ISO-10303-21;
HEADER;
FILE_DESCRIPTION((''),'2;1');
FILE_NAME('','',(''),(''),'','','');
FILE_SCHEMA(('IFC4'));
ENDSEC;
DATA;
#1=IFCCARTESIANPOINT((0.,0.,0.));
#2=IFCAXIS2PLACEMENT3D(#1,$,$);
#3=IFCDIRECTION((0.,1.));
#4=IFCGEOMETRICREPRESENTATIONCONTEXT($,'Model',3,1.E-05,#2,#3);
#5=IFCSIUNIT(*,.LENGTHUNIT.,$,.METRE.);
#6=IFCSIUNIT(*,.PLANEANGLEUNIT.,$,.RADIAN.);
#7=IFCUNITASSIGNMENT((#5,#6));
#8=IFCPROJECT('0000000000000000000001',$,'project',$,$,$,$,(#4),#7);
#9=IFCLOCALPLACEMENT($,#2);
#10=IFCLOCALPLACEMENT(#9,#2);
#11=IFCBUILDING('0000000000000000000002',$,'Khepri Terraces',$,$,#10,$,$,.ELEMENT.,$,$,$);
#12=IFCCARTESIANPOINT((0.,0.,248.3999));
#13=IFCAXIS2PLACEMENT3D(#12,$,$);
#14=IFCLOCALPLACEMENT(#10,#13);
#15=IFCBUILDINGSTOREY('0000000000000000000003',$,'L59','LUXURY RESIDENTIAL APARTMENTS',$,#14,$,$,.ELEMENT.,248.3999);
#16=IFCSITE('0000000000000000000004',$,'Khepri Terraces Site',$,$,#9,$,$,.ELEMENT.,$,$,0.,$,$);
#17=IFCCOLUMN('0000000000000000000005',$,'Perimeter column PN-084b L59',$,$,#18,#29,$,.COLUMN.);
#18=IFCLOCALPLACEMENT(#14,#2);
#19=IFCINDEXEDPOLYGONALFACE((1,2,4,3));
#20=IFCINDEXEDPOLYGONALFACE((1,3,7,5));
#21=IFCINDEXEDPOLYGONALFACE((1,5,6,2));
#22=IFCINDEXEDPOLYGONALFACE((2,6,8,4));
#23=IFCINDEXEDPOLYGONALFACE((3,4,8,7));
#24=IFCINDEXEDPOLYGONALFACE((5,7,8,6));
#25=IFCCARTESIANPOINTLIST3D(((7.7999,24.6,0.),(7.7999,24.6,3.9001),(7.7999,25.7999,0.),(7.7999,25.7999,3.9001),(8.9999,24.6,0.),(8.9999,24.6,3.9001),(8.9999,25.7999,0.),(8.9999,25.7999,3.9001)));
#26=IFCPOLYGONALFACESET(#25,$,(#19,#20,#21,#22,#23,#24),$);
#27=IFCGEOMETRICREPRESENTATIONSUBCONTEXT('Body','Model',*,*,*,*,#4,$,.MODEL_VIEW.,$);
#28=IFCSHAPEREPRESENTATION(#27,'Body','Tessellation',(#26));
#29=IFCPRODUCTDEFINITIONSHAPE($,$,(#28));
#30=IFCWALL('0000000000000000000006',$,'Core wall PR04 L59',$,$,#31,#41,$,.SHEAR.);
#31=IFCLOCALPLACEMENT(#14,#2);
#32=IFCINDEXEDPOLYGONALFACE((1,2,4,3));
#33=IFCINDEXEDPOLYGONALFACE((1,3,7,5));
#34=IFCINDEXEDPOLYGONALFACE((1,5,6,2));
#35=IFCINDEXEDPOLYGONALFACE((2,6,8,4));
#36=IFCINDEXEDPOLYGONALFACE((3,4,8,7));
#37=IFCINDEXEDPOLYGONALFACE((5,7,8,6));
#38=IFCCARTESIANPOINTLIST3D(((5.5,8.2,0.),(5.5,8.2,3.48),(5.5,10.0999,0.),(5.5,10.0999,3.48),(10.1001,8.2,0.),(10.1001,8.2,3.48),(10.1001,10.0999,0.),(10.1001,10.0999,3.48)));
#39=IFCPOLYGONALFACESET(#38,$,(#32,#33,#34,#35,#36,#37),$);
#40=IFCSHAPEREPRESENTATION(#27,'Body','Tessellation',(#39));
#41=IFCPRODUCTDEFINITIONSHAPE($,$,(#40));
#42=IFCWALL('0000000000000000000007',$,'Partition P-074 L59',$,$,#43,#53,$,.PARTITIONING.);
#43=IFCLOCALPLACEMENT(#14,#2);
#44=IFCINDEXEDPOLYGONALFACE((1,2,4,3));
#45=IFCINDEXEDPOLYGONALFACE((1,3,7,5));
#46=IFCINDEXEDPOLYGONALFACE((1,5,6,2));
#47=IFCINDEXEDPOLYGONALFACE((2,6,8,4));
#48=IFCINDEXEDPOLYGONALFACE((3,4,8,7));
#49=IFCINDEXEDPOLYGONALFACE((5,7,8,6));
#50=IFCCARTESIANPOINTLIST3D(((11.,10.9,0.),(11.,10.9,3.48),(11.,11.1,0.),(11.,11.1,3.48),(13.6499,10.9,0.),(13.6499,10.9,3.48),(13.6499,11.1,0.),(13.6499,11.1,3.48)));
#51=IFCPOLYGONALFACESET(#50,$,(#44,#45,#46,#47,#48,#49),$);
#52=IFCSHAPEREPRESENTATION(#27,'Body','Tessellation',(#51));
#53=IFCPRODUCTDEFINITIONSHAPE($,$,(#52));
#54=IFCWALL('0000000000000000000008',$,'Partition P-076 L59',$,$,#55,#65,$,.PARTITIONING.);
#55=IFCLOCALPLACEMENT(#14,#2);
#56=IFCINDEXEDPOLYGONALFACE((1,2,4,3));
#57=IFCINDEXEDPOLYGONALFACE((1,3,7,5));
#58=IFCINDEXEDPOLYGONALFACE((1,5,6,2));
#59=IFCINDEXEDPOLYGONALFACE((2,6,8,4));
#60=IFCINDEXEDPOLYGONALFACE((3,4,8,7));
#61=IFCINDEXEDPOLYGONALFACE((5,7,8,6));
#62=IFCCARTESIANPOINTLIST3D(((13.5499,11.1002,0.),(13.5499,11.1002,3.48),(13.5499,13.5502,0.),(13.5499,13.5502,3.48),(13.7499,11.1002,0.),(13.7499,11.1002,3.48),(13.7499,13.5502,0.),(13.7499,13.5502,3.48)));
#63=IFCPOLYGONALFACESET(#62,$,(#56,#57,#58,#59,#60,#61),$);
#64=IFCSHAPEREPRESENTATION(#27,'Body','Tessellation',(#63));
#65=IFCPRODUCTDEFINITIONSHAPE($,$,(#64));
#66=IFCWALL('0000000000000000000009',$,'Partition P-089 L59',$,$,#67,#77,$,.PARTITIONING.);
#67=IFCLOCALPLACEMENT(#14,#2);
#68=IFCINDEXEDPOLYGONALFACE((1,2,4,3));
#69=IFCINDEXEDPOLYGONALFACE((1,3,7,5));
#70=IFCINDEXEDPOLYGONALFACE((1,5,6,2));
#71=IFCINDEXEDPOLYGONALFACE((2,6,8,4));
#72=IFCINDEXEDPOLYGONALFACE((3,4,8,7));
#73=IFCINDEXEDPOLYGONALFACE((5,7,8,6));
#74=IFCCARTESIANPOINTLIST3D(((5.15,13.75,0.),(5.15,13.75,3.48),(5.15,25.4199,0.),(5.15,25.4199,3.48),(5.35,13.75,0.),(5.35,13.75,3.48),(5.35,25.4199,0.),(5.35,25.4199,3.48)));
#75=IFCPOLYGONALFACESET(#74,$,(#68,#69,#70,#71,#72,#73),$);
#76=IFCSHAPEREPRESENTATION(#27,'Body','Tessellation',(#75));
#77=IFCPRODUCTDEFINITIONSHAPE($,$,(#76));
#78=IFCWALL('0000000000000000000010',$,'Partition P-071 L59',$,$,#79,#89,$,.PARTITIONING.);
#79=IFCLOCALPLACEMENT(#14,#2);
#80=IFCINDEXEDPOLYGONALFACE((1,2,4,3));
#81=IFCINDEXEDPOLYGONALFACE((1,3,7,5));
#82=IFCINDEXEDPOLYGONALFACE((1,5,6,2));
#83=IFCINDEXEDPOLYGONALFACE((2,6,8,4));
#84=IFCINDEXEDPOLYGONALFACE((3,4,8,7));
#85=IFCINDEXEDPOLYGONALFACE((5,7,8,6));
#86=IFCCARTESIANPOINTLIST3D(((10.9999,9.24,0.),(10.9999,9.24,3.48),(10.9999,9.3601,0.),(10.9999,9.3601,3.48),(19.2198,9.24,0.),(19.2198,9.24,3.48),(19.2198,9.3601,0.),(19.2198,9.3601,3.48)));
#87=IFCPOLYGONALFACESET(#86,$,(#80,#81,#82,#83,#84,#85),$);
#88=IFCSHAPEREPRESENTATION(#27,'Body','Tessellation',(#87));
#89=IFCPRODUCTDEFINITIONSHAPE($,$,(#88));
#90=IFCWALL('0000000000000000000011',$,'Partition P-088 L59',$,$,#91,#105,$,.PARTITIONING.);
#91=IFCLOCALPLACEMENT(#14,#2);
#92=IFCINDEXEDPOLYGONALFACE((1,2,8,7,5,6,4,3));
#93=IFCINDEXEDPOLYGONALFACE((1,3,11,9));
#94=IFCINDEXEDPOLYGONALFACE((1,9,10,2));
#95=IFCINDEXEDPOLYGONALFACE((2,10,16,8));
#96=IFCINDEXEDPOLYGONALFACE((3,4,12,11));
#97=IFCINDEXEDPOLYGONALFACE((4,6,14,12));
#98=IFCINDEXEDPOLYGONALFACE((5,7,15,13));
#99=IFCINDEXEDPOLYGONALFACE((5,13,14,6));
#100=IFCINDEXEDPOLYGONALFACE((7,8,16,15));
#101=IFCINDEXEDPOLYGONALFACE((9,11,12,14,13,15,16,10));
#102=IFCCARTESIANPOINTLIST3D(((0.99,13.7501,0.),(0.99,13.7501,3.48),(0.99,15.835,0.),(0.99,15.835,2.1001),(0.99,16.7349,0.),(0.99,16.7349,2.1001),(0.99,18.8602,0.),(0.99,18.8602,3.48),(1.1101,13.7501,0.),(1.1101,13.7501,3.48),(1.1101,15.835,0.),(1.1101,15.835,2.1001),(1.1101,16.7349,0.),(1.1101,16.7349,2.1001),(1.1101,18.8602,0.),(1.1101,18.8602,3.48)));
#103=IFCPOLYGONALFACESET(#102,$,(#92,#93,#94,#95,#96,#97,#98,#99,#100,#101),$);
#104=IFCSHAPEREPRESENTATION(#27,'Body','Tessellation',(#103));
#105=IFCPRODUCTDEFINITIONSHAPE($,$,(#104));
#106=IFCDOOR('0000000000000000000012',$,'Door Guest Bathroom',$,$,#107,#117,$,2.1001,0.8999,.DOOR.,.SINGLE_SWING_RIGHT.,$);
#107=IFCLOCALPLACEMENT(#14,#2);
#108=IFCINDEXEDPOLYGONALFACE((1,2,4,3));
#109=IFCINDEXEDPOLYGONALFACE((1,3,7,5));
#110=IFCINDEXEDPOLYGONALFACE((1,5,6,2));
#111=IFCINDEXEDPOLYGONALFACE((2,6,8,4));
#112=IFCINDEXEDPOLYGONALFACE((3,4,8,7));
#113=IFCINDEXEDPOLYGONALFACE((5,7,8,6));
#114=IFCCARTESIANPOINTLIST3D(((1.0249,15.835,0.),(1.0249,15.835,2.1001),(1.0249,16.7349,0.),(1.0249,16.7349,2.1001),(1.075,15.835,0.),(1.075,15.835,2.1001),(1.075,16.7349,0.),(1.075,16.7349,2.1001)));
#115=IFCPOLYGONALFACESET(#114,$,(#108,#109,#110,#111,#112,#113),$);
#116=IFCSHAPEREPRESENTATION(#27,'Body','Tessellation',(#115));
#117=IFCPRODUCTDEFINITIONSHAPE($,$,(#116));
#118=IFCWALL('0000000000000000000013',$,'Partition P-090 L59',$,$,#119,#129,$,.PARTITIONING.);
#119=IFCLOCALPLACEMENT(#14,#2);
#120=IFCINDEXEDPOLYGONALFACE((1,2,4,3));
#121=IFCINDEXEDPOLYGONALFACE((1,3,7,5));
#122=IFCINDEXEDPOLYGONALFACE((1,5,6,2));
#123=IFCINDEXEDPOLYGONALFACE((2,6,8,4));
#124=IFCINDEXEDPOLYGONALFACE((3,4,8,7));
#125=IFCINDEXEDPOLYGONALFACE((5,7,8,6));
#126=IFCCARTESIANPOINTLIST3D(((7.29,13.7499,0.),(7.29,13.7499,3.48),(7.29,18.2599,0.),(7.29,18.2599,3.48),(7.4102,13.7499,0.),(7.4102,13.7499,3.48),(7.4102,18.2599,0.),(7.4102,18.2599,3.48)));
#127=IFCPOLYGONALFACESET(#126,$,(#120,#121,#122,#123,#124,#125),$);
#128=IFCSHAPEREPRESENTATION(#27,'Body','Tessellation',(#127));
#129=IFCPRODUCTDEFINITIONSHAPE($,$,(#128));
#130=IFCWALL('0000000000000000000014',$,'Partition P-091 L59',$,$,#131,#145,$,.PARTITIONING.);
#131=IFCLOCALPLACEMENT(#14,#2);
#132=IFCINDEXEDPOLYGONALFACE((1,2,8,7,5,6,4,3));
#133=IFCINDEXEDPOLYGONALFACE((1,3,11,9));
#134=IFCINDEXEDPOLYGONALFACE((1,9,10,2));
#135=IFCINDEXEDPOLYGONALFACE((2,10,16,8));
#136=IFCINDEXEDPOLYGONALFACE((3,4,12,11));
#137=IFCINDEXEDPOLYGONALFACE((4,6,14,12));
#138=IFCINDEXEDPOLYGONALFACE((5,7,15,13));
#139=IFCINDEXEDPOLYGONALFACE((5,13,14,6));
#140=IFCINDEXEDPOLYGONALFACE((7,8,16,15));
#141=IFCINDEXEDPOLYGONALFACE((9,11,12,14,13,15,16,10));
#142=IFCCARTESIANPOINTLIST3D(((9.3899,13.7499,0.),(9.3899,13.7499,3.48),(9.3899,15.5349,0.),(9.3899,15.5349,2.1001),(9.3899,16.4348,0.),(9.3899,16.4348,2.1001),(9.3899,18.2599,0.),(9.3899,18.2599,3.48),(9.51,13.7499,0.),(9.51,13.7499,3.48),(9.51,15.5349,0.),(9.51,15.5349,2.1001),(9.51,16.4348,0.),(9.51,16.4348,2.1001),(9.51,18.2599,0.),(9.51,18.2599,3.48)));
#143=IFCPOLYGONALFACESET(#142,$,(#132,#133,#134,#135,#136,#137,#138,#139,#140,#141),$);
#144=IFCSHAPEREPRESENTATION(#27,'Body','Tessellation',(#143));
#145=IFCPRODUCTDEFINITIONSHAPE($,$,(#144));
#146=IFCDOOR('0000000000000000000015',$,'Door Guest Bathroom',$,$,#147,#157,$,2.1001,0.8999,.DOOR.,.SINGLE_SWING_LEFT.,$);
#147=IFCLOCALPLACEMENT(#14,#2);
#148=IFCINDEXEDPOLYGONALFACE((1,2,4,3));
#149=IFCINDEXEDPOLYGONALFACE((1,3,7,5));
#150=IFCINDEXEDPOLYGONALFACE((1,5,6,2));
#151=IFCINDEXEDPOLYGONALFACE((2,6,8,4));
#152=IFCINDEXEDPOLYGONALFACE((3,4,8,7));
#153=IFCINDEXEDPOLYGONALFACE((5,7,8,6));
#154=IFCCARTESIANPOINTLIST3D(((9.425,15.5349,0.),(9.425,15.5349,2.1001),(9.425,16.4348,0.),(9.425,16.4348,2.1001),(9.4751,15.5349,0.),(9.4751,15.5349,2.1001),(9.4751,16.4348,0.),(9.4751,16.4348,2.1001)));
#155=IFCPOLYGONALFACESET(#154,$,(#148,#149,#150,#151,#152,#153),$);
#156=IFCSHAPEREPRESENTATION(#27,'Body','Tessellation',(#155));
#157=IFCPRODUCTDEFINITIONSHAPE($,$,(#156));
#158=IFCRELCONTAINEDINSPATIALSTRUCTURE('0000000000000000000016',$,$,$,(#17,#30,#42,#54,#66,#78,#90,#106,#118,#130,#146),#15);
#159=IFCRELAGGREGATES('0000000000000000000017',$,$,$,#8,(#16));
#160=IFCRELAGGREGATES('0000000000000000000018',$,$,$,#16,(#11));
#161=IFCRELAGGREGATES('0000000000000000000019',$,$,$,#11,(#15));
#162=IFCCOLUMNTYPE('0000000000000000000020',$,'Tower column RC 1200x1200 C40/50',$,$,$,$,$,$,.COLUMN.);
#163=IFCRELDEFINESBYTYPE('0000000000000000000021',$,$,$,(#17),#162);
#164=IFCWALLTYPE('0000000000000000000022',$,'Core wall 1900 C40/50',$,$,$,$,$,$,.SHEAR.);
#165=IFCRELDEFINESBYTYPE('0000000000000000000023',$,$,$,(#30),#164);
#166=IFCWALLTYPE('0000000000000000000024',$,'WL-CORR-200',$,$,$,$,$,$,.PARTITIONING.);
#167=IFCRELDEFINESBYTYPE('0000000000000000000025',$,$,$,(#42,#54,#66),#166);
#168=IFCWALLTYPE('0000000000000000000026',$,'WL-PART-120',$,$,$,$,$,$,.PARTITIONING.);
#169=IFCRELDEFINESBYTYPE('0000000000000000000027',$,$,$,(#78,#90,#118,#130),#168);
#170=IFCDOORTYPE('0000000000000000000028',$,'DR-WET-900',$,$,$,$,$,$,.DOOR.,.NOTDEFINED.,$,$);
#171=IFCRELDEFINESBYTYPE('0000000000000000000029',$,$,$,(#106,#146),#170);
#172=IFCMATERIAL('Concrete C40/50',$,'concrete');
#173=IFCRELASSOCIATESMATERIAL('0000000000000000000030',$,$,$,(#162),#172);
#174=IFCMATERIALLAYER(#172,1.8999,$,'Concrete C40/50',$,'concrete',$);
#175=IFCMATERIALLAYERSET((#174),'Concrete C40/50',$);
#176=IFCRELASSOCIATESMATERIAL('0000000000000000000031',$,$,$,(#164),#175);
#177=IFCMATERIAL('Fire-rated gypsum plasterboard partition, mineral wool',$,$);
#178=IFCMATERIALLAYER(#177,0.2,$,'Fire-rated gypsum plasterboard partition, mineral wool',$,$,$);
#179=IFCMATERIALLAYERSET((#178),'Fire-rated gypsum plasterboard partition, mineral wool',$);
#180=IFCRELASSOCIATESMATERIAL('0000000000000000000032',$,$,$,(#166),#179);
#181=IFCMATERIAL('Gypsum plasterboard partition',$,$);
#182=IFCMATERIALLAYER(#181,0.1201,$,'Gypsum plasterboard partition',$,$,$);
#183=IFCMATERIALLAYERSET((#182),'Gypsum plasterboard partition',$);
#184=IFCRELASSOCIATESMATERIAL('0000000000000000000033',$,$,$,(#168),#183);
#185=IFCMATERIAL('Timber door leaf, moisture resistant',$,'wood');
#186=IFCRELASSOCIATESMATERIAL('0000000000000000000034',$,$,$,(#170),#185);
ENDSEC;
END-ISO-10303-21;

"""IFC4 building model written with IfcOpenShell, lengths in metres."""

from ifc_helpers import new_model, si_unit, direction, frame, frame_2d, origin, origin_2d, place, context, subcontext, project, spatial, rectangle, extrude, material, layer, layer_set, material_profile, profile_set, type_object, element, fill, save


model = new_model("IFC4")

# Units and contexts
model_context = context("Model", 3, precision=1e-05, world=origin(), true_north=direction((0.0, 1.0)))
body_context = subcontext(model_context, "Body", "Model", "MODEL_VIEW")
ifc_project = project(units=[si_unit("LENGTHUNIT", "METRE"), si_unit("PLANEANGLEUNIT", "RADIAN")], contexts=[model_context])

# Site, building, storey
site_placement = place(None, origin())
site = spatial("IfcSite", under=ifc_project, at=site_placement, Name="Khepri Terraces Site", CompositionType="ELEMENT", RefElevation=0.0)
building_placement = place(site_placement, origin())
building = spatial("IfcBuilding", under=site, at=building_placement, Name="Khepri Terraces", CompositionType="ELEMENT")
storey_placement = place(building_placement, frame((0.0, 0.0, 248.3999)))
storey = spatial("IfcBuildingStorey", under=building, at=storey_placement, Name="L59", Description="LUXURY RESIDENTIAL APARTMENTS", CompositionType="ELEMENT", Elevation=248.3999)

# Column
ifc_material_1 = material(Name="Concrete C40/50", Category="concrete")
ifc_material_profile = material_profile(ifc_material_1, rectangle(XDim=1.2, YDim=1.2, at=origin_2d()), Name="Concrete C40/50", Category="concrete")
ifc_profile_set = profile_set([ifc_material_profile], Name="Concrete C40/50")
column_type = type_object("IfcColumnType", Name="Tower column RC 1200x1200 C40/50", PredefinedType="COLUMN", material=ifc_profile_set)
column_placement = place(storey_placement, frame((8.3999, 25.2, 0.0), z_axis=(0.0, 0.0, 1.0), x_axis=(1.0, 0.0, 0.0)))
element("IfcColumn", 1, at=column_placement, inside=storey, type_object=column_type, Name="Perimeter column PN-084b L59", PredefinedType="COLUMN", context=body_context, shape_type="SweptSolid", body=[
    extrude(rectangle(XDim=1.2, YDim=1.2, at=origin_2d()), origin(), (0.0, 0.0, 1.0), 3.9001),
])

# Walls
ifc_layer_1 = layer(ifc_material_1, 1.8999, Name="Concrete C40/50", Category="concrete")
ifc_layer_set_1 = layer_set([ifc_layer_1], Name="Concrete C40/50")
wall_type_1 = type_object("IfcWallType", Name="Core wall 1900 C40/50", PredefinedType="SHEAR", material=ifc_layer_set_1)
wall_1_placement = place(storey_placement, frame((5.5, 9.1499, 0.0), z_axis=(0.0, 0.0, 1.0), x_axis=(1.0, 0.0, 0.0)))
element("IfcWall", 2, at=wall_1_placement, inside=storey, type_object=wall_type_1, Name="Core wall PR04 L59", PredefinedType="SHEAR", context=body_context, shape_type="SweptSolid", body=[
    extrude(rectangle(XDim=4.6001, YDim=1.8999, at=frame_2d((2.3, 0.0))), origin(), (0.0, 0.0, 1.0), 3.48),
])
ifc_material_2 = material(Name="Fire-rated gypsum plasterboard partition, mineral wool")
ifc_layer_2 = layer(ifc_material_2, 0.2, Name="Fire-rated gypsum plasterboard partition, mineral wool")
ifc_layer_set_2 = layer_set([ifc_layer_2], Name="Fire-rated gypsum plasterboard partition, mineral wool")
wall_type_2 = type_object("IfcWallType", Name="WL-CORR-200", PredefinedType="PARTITIONING", material=ifc_layer_set_2)
wall_2_placement = place(storey_placement, frame((11.0, 11.0, 0.0), z_axis=(0.0, 0.0, 1.0), x_axis=(1.0, 0.0, 0.0)))
element("IfcWall", 3, at=wall_2_placement, inside=storey, type_object=wall_type_2, Name="Partition P-074 L59", PredefinedType="PARTITIONING", context=body_context, shape_type="SweptSolid", body=[
    extrude(rectangle(XDim=2.6499, YDim=0.2, at=frame_2d((1.325, 0.0))), origin(), (0.0, 0.0, 1.0), 3.48),
])
wall_3_placement = place(storey_placement, frame((13.6499, 11.1001, 0.0), z_axis=(0.0, 0.0, 1.0), x_axis=(0.0, 1.0, 0.0)))
element("IfcWall", 4, at=wall_3_placement, inside=storey, type_object=wall_type_2, Name="Partition P-076 L59", PredefinedType="PARTITIONING", context=body_context, shape_type="SweptSolid", body=[
    extrude(rectangle(XDim=2.45, YDim=0.2, at=frame_2d((1.2251, 0.0))), origin(), (0.0, 0.0, 1.0), 3.48),
])
wall_4_placement = place(storey_placement, frame((5.25, 13.75, 0.0), z_axis=(0.0, 0.0, 1.0), x_axis=(0.0, 1.0, 0.0)))
element("IfcWall", 5, at=wall_4_placement, inside=storey, type_object=wall_type_2, Name="Partition P-089 L59", PredefinedType="PARTITIONING", context=body_context, shape_type="SweptSolid", body=[
    extrude(rectangle(XDim=11.6699, YDim=0.2, at=frame_2d((5.835, 0.0))), origin(), (0.0, 0.0, 1.0), 3.48),
])

# Wall
ifc_material_3 = material(Name="Gypsum plasterboard partition")
ifc_layer_3 = layer(ifc_material_3, 0.1201, Name="Gypsum plasterboard partition")
ifc_layer_set_3 = layer_set([ifc_layer_3], Name="Gypsum plasterboard partition")
wall_type_3 = type_object("IfcWallType", Name="WL-PART-120", PredefinedType="PARTITIONING", material=ifc_layer_set_3)
wall_5_placement = place(storey_placement, frame((11.0, 9.3, 0.0), z_axis=(0.0, 0.0, 1.0), x_axis=(1.0, 0.0, 0.0)))
element("IfcWall", 6, at=wall_5_placement, inside=storey, type_object=wall_type_3, Name="Partition P-071 L59", PredefinedType="PARTITIONING", context=body_context, shape_type="SweptSolid", body=[
    extrude(rectangle(XDim=8.22, YDim=0.1201, at=frame_2d((4.1099, 0.0))), origin(), (0.0, 0.0, 1.0), 3.48),
])

# Wall, opening, door
wall_6_placement = place(storey_placement, frame((1.05, 13.75, 0.0), z_axis=(0.0, 0.0, 1.0), x_axis=(0.0, 1.0, 0.0)))
wall_6 = element("IfcWall", 7, at=wall_6_placement, inside=storey, type_object=wall_type_3, Name="Partition P-088 L59", PredefinedType="PARTITIONING", context=body_context, shape_type="SweptSolid", body=[
    extrude(rectangle(XDim=5.1101, YDim=0.1201, at=frame_2d((2.5552, 0.0))), origin(), (0.0, 0.0, 1.0), 3.48),
])
opening_1_placement = place(wall_6_placement, frame((2.085, 0.0, 0.0)))
opening_1 = element("IfcOpeningElement", 8, at=opening_1_placement, cuts=wall_6, PredefinedType="OPENING", context=body_context, shape_type="SweptSolid", body=[
    extrude(rectangle(XDim=0.8999, YDim=2.1001, at=frame_2d((0.45, 1.05))), frame((0.0, 0.0701, 0.0), z_axis=(0.0, -1.0, 0.0), x_axis=(1.0, 0.0, 0.0)), (0.0, 0.0, 1.0), 0.1401),
])
ifc_material_4 = material(Name="Timber door leaf, moisture resistant", Category="wood")
door_type_1 = type_object("IfcDoorType", Name="DR-WET-900", OperationType="NOTDEFINED", PredefinedType="DOOR", material=ifc_material_4)
door_1_placement = place(opening_1_placement, frame((0.8999, 0.0, 0.0), z_axis=(0.0, 0.0, 1.0), x_axis=(-1.0, 0.0, 0.0)))
door_1 = element("IfcDoor", 9, at=door_1_placement, inside=storey, type_object=door_type_1, Name="Door Guest Bathroom", OperationType="SINGLE_SWING_RIGHT", OverallHeight=2.1001, OverallWidth=0.8999, PredefinedType="DOOR", context=body_context, shape_type="SweptSolid", body=[
    extrude(rectangle(XDim=0.8999, YDim=2.1001, at=frame_2d((0.45, 1.05))), frame((0.0, 0.0249, 0.0), z_axis=(0.0, -1.0, 0.0), x_axis=(1.0, 0.0, 0.0)), (0.0, 0.0, 1.0), 0.05),
])
fill(opening_1, door_1)

# Wall
wall_7_placement = place(storey_placement, frame((7.3501, 13.75, 0.0), z_axis=(0.0, 0.0, 1.0), x_axis=(0.0, 1.0, 0.0)))
element("IfcWall", 10, at=wall_7_placement, inside=storey, type_object=wall_type_3, Name="Partition P-090 L59", PredefinedType="PARTITIONING", context=body_context, shape_type="SweptSolid", body=[
    extrude(rectangle(XDim=4.51, YDim=0.1201, at=frame_2d((2.2549, 0.0))), origin(), (0.0, 0.0, 1.0), 3.48),
])

# Wall, opening, door
wall_8_placement = place(storey_placement, frame((9.45, 13.75, 0.0), z_axis=(0.0, 0.0, 1.0), x_axis=(0.0, 1.0, 0.0)))
wall_8 = element("IfcWall", 11, at=wall_8_placement, inside=storey, type_object=wall_type_3, Name="Partition P-091 L59", PredefinedType="PARTITIONING", context=body_context, shape_type="SweptSolid", body=[
    extrude(rectangle(XDim=4.51, YDim=0.1201, at=frame_2d((2.2549, 0.0))), origin(), (0.0, 0.0, 1.0), 3.48),
])
opening_2_placement = place(wall_8_placement, frame((1.7849, 0.0, 0.0)))
opening_2 = element("IfcOpeningElement", 12, at=opening_2_placement, cuts=wall_8, PredefinedType="OPENING", context=body_context, shape_type="SweptSolid", body=[
    extrude(rectangle(XDim=0.8999, YDim=2.1001, at=frame_2d((0.45, 1.05))), frame((0.0, 0.0701, 0.0), z_axis=(0.0, -1.0, 0.0), x_axis=(1.0, 0.0, 0.0)), (0.0, 0.0, 1.0), 0.1401),
])
door_2_placement = place(opening_2_placement, origin())
door_2 = element("IfcDoor", 13, at=door_2_placement, inside=storey, type_object=door_type_1, Name="Door Guest Bathroom", OperationType="SINGLE_SWING_LEFT", OverallHeight=2.1001, OverallWidth=0.8999, PredefinedType="DOOR", context=body_context, shape_type="SweptSolid", body=[
    extrude(rectangle(XDim=0.8999, YDim=2.1001, at=frame_2d((0.45, 1.05))), frame((0.0, 0.0249, 0.0), z_axis=(0.0, -1.0, 0.0), x_axis=(1.0, 0.0, 0.0)), (0.0, 0.0, 1.0), 0.05),
])
fill(opening_2, door_2)

save(model, "model.ifc")
